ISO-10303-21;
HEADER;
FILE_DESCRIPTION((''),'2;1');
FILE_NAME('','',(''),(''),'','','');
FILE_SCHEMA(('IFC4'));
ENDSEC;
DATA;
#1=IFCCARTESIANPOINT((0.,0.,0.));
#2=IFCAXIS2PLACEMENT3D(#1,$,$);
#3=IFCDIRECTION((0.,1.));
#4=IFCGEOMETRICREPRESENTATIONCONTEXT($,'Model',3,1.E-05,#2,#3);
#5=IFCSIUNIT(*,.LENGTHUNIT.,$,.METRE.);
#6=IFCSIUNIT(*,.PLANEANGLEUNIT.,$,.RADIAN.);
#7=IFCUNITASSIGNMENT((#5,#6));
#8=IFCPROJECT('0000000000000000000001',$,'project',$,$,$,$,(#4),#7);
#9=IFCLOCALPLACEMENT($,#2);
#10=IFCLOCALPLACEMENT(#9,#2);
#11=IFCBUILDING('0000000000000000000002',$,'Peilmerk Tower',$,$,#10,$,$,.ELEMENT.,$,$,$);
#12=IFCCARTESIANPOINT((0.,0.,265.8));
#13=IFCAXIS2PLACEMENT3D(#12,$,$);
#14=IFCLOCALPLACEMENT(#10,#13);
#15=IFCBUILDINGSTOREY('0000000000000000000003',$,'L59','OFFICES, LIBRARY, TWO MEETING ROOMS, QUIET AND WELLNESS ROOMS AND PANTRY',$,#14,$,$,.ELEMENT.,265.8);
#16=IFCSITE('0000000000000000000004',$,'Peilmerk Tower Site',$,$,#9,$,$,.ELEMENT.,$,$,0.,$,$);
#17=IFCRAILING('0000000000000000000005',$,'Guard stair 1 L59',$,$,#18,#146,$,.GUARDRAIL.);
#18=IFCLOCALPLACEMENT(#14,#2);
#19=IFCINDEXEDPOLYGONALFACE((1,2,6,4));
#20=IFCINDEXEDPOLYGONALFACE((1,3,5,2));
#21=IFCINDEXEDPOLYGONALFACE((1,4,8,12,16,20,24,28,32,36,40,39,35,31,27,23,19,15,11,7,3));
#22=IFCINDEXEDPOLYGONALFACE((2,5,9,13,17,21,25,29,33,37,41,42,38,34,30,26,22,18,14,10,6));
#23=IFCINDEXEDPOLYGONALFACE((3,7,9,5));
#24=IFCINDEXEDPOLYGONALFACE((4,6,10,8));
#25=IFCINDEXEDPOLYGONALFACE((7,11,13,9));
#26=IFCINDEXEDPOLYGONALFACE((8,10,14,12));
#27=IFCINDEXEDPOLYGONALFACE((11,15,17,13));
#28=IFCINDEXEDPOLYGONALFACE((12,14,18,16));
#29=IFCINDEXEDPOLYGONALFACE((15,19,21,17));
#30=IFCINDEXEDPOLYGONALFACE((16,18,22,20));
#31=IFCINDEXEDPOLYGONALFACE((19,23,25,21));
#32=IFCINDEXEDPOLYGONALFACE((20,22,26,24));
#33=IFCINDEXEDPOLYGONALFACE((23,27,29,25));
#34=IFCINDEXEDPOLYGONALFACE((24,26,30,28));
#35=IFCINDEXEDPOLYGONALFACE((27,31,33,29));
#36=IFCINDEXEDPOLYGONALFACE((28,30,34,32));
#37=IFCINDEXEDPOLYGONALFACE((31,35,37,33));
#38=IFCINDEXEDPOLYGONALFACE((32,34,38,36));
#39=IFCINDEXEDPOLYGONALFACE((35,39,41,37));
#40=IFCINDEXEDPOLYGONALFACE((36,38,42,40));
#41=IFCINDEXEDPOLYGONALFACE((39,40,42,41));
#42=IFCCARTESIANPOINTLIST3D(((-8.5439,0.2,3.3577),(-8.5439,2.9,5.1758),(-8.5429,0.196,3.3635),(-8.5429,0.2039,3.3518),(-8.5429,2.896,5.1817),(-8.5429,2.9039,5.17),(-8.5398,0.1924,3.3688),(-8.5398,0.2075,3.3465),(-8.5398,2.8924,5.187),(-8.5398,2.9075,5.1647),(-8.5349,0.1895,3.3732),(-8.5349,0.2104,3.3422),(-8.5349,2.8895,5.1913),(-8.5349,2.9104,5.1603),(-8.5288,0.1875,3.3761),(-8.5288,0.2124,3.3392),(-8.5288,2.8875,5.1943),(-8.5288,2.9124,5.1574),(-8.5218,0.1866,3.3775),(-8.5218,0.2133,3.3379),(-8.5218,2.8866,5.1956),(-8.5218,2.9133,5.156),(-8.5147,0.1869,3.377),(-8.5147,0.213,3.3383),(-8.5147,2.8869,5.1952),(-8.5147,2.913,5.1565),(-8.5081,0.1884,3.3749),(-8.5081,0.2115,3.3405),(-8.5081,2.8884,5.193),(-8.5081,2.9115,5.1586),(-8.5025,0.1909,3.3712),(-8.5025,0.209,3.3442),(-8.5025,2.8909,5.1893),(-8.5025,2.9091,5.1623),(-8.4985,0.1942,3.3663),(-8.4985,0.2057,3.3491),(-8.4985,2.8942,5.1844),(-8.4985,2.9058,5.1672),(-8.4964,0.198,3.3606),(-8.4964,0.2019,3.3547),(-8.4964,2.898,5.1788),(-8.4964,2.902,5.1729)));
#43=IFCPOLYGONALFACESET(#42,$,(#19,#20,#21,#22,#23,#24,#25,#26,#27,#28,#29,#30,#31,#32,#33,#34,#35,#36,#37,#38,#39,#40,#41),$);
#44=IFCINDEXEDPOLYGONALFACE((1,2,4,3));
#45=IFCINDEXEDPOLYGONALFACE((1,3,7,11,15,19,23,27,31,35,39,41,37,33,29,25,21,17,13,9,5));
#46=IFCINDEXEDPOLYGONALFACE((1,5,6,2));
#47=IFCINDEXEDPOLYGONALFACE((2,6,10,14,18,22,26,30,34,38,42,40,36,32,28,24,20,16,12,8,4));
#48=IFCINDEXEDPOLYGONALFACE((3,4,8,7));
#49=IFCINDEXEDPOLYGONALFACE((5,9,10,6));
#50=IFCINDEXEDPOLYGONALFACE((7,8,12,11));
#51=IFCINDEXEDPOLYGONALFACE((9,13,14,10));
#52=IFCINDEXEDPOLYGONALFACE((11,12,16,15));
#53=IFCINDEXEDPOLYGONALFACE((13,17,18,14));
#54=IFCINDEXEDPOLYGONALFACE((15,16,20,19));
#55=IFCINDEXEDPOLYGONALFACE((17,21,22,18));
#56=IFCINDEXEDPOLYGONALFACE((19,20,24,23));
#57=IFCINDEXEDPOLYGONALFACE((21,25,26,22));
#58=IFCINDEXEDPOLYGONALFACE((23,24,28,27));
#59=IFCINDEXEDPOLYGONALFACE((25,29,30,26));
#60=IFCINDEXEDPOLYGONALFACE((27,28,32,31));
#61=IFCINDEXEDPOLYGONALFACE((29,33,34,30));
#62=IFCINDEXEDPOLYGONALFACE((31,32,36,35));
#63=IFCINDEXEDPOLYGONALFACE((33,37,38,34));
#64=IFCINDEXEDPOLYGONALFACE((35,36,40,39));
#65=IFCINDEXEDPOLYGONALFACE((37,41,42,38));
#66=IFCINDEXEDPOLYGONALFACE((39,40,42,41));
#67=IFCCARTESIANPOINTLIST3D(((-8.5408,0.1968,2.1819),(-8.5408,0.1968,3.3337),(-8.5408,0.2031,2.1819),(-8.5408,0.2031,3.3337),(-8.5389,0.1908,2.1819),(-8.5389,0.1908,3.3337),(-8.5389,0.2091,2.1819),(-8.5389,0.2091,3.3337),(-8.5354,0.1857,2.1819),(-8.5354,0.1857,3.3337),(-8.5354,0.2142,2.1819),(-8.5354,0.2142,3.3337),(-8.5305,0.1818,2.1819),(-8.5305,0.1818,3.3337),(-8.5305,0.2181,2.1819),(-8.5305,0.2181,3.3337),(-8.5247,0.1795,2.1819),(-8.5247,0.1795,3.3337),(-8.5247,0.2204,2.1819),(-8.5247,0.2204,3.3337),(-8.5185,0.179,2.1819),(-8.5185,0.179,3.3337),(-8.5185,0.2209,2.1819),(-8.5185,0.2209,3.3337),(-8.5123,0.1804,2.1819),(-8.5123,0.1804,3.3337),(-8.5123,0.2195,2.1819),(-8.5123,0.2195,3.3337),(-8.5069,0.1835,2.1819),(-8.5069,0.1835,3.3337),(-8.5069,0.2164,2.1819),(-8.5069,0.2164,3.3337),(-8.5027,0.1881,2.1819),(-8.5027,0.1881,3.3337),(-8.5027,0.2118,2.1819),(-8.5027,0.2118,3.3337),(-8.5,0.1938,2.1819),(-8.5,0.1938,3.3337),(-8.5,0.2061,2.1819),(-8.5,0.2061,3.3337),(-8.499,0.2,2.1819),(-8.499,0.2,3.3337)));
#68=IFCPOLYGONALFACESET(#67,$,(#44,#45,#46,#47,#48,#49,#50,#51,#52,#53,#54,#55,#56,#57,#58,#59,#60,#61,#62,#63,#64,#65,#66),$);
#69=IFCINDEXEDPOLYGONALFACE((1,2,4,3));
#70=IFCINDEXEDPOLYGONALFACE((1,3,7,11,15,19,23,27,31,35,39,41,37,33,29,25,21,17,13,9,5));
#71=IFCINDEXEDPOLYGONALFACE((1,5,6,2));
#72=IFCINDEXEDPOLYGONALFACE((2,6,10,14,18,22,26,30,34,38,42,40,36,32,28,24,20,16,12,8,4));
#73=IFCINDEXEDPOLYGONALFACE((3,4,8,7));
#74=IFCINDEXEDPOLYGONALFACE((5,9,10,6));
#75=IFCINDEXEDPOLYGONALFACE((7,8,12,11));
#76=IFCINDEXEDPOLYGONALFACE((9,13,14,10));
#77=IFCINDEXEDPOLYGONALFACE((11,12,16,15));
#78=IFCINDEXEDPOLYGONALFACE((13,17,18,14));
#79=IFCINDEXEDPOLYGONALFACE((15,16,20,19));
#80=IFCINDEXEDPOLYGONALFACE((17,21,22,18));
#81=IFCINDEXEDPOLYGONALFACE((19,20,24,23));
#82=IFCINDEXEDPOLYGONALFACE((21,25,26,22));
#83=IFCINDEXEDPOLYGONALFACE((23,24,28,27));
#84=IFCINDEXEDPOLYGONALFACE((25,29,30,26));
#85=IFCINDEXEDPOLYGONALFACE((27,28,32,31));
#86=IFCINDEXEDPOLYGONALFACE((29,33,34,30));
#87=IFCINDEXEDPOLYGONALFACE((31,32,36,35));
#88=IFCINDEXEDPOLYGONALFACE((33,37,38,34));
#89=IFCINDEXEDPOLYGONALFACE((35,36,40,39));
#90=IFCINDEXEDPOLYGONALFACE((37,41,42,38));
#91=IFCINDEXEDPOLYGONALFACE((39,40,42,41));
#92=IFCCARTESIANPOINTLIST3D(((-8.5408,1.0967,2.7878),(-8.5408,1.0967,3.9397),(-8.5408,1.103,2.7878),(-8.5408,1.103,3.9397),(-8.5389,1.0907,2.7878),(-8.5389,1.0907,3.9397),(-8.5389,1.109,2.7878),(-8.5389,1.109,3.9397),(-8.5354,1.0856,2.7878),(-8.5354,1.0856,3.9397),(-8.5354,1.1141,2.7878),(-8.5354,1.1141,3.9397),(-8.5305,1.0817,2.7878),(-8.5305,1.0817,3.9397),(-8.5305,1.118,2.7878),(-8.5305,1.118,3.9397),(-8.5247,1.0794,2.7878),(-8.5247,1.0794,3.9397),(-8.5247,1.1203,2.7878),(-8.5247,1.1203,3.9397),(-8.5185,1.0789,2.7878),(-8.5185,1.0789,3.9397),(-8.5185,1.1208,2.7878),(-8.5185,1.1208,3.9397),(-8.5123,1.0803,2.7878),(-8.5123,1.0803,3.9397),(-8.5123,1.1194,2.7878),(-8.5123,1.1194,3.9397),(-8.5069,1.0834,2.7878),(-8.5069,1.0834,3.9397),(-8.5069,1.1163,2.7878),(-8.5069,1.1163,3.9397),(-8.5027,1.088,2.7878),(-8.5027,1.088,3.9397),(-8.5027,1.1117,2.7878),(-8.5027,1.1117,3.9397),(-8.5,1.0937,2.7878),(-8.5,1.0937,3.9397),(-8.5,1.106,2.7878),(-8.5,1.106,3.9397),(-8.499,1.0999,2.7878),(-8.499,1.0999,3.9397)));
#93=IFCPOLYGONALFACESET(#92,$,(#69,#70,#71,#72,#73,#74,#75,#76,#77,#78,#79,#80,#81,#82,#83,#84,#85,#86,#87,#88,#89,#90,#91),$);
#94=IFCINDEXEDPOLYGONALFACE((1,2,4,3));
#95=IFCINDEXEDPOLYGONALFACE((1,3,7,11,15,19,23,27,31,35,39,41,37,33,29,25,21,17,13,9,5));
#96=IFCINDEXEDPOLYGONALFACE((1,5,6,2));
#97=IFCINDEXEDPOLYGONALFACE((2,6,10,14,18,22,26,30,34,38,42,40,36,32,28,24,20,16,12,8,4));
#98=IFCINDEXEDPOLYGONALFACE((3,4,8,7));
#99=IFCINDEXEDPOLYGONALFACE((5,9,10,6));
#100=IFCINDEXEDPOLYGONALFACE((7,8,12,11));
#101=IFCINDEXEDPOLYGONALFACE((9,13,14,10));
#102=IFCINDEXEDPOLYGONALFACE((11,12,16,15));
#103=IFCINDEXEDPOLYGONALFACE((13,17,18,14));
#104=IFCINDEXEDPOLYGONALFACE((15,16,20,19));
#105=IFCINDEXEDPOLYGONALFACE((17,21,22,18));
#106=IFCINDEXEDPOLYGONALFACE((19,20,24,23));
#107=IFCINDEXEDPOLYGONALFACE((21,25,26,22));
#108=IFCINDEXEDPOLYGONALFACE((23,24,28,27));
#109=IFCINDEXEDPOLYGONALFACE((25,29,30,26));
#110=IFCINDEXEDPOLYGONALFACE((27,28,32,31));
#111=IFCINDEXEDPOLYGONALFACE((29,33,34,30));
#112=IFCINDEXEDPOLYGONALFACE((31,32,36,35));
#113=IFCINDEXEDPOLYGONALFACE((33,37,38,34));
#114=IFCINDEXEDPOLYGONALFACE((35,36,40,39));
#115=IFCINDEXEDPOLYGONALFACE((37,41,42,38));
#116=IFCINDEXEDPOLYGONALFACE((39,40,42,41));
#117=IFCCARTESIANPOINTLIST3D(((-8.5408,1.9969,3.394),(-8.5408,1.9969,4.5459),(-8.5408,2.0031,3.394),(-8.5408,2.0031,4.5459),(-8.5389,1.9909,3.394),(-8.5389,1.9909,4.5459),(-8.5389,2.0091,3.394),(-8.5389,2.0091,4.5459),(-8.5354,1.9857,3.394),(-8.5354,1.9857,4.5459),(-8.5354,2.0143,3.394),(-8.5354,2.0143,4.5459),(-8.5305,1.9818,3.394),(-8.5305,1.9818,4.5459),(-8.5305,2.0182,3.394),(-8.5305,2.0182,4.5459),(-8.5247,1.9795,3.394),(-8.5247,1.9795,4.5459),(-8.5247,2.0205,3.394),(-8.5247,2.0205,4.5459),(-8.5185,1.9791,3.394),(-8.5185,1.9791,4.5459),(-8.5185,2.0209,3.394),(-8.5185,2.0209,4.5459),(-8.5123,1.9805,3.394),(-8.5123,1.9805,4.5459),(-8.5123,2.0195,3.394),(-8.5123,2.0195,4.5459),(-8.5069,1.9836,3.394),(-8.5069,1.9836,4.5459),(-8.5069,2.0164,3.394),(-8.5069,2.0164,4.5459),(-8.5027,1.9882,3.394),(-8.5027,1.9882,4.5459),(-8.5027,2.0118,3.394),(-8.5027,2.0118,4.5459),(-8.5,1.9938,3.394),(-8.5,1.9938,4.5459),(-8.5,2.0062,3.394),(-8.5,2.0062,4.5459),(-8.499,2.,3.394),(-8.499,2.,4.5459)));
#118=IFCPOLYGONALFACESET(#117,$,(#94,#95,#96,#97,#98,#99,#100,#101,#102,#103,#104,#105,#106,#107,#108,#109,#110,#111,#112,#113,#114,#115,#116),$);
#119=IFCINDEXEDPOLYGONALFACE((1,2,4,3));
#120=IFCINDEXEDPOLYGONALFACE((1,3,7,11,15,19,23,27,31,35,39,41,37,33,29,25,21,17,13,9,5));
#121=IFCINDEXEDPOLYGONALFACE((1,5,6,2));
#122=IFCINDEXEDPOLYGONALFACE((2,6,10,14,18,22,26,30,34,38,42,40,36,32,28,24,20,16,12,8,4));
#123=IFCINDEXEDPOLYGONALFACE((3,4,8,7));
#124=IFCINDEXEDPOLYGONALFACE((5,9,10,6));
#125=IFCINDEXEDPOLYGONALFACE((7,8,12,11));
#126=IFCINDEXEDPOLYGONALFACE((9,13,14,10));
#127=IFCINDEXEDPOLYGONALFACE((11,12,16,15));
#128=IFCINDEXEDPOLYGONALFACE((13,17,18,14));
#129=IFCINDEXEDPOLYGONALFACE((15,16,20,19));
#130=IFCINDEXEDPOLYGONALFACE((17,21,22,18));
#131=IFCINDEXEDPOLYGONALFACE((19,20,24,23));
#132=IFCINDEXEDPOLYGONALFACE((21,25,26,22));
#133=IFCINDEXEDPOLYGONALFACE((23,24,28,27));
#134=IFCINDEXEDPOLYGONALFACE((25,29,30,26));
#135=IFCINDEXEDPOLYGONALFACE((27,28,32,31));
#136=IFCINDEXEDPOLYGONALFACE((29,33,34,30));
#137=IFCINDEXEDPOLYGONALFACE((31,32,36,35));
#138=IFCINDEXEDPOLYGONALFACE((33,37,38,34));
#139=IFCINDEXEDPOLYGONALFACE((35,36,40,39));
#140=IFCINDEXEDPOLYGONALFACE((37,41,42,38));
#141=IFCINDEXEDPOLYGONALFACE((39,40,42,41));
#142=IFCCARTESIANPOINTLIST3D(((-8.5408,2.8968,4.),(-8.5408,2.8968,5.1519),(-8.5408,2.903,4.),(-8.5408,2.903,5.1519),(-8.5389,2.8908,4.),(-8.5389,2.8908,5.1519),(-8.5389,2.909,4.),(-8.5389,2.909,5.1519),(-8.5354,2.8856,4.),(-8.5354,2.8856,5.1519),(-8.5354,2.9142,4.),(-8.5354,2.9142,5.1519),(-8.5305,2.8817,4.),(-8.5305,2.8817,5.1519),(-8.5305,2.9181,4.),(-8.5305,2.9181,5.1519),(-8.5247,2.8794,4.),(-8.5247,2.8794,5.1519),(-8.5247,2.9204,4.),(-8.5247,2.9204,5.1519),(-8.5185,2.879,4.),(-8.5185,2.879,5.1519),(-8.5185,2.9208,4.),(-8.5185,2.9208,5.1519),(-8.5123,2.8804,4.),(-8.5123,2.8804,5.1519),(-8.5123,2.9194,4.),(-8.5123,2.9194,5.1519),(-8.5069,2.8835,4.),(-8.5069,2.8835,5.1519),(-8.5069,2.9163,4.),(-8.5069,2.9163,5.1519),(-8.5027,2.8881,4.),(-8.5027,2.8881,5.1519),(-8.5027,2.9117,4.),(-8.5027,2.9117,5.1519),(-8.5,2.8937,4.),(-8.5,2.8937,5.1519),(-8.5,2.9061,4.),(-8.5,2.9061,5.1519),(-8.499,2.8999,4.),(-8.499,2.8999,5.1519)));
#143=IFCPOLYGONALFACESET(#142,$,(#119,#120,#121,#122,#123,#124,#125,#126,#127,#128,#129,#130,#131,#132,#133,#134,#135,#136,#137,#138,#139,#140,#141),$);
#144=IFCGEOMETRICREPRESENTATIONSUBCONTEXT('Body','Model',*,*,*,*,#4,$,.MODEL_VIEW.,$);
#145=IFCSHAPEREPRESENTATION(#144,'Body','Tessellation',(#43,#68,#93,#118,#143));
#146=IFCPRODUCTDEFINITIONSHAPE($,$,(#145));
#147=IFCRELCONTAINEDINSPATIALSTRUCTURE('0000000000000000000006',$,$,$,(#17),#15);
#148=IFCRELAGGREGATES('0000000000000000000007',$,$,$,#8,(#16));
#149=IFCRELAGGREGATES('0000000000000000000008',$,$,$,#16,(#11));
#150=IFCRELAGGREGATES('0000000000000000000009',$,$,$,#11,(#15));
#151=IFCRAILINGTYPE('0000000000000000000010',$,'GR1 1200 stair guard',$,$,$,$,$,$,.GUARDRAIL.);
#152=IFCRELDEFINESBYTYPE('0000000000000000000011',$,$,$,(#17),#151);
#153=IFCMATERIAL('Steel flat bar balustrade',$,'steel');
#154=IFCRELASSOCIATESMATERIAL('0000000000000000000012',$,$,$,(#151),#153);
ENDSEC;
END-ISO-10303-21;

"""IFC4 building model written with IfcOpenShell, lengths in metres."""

from ifc_helpers import new_model, si_unit, direction, frame, origin, origin_2d, place, context, subcontext, project, spatial, circle, extrude, material, type_object, element, save


model = new_model("IFC4")

# Units and contexts
model_context = context("Model", 3, precision=1e-05, world=origin(), true_north=direction((0.0, 1.0)))
body_context = subcontext(model_context, "Body", "Model", "MODEL_VIEW")
ifc_project = project(units=[si_unit("LENGTHUNIT", "METRE"), si_unit("PLANEANGLEUNIT", "RADIAN")], contexts=[model_context])

# Site, building, storey
site_placement = place(None, origin())
site = spatial("IfcSite", under=ifc_project, at=site_placement, Name="Peilmerk Tower Site", CompositionType="ELEMENT", RefElevation=0.0)
building_placement = place(site_placement, origin())
building = spatial("IfcBuilding", under=site, at=building_placement, Name="Peilmerk Tower", CompositionType="ELEMENT")
storey_placement = place(building_placement, frame((0.0, 0.0, 265.8)))
storey = spatial("IfcBuildingStorey", under=building, at=storey_placement, Name="L59", Description="OFFICES, LIBRARY, TWO MEETING ROOMS, QUIET AND WELLNESS ROOMS AND PANTRY", CompositionType="ELEMENT", Elevation=265.8)

# Railing
ifc_material_1 = material(Name="Steel flat bar balustrade", Category="steel")
railing_type_1 = type_object("IfcRailingType", Name="GR1 1200 stair guard", PredefinedType="GUARDRAIL", material=ifc_material_1)
railing_1_placement = place(storey_placement, frame((-8.52, 0.2, 2.1819)))
element("IfcRailing", 1, at=railing_1_placement, inside=storey, type_object=railing_type_1, Name="Guard stair 1 L59", PredefinedType="GUARDRAIL", context=body_context, shape_type="SweptSolid", body=[
    extrude(circle(Radius=0.0239, at=origin_2d()), frame((0.0, 0.0, 1.1758), z_axis=(0.0, 0.829468, 0.558554), x_axis=(-1.0, 0.0, 0.0)), (0.0, 0.0, 1.0), 3.2551),
    extrude(circle(Radius=0.021, at=origin_2d()), origin(), (0.0, 0.0, 1.0), 1.1519),
    extrude(circle(Radius=0.021, at=origin_2d()), frame((0.0, 0.8999, 0.606)), (0.0, 0.0, 1.0), 1.1519),
    extrude(circle(Radius=0.021, at=origin_2d()), frame((0.0, 1.8, 1.2122)), (0.0, 0.0, 1.0), 1.1519),
    extrude(circle(Radius=0.021, at=origin_2d()), frame((0.0, 2.7, 1.8181)), (0.0, 0.0, 1.0), 1.1519),
])

save(model, "model.ifc")
